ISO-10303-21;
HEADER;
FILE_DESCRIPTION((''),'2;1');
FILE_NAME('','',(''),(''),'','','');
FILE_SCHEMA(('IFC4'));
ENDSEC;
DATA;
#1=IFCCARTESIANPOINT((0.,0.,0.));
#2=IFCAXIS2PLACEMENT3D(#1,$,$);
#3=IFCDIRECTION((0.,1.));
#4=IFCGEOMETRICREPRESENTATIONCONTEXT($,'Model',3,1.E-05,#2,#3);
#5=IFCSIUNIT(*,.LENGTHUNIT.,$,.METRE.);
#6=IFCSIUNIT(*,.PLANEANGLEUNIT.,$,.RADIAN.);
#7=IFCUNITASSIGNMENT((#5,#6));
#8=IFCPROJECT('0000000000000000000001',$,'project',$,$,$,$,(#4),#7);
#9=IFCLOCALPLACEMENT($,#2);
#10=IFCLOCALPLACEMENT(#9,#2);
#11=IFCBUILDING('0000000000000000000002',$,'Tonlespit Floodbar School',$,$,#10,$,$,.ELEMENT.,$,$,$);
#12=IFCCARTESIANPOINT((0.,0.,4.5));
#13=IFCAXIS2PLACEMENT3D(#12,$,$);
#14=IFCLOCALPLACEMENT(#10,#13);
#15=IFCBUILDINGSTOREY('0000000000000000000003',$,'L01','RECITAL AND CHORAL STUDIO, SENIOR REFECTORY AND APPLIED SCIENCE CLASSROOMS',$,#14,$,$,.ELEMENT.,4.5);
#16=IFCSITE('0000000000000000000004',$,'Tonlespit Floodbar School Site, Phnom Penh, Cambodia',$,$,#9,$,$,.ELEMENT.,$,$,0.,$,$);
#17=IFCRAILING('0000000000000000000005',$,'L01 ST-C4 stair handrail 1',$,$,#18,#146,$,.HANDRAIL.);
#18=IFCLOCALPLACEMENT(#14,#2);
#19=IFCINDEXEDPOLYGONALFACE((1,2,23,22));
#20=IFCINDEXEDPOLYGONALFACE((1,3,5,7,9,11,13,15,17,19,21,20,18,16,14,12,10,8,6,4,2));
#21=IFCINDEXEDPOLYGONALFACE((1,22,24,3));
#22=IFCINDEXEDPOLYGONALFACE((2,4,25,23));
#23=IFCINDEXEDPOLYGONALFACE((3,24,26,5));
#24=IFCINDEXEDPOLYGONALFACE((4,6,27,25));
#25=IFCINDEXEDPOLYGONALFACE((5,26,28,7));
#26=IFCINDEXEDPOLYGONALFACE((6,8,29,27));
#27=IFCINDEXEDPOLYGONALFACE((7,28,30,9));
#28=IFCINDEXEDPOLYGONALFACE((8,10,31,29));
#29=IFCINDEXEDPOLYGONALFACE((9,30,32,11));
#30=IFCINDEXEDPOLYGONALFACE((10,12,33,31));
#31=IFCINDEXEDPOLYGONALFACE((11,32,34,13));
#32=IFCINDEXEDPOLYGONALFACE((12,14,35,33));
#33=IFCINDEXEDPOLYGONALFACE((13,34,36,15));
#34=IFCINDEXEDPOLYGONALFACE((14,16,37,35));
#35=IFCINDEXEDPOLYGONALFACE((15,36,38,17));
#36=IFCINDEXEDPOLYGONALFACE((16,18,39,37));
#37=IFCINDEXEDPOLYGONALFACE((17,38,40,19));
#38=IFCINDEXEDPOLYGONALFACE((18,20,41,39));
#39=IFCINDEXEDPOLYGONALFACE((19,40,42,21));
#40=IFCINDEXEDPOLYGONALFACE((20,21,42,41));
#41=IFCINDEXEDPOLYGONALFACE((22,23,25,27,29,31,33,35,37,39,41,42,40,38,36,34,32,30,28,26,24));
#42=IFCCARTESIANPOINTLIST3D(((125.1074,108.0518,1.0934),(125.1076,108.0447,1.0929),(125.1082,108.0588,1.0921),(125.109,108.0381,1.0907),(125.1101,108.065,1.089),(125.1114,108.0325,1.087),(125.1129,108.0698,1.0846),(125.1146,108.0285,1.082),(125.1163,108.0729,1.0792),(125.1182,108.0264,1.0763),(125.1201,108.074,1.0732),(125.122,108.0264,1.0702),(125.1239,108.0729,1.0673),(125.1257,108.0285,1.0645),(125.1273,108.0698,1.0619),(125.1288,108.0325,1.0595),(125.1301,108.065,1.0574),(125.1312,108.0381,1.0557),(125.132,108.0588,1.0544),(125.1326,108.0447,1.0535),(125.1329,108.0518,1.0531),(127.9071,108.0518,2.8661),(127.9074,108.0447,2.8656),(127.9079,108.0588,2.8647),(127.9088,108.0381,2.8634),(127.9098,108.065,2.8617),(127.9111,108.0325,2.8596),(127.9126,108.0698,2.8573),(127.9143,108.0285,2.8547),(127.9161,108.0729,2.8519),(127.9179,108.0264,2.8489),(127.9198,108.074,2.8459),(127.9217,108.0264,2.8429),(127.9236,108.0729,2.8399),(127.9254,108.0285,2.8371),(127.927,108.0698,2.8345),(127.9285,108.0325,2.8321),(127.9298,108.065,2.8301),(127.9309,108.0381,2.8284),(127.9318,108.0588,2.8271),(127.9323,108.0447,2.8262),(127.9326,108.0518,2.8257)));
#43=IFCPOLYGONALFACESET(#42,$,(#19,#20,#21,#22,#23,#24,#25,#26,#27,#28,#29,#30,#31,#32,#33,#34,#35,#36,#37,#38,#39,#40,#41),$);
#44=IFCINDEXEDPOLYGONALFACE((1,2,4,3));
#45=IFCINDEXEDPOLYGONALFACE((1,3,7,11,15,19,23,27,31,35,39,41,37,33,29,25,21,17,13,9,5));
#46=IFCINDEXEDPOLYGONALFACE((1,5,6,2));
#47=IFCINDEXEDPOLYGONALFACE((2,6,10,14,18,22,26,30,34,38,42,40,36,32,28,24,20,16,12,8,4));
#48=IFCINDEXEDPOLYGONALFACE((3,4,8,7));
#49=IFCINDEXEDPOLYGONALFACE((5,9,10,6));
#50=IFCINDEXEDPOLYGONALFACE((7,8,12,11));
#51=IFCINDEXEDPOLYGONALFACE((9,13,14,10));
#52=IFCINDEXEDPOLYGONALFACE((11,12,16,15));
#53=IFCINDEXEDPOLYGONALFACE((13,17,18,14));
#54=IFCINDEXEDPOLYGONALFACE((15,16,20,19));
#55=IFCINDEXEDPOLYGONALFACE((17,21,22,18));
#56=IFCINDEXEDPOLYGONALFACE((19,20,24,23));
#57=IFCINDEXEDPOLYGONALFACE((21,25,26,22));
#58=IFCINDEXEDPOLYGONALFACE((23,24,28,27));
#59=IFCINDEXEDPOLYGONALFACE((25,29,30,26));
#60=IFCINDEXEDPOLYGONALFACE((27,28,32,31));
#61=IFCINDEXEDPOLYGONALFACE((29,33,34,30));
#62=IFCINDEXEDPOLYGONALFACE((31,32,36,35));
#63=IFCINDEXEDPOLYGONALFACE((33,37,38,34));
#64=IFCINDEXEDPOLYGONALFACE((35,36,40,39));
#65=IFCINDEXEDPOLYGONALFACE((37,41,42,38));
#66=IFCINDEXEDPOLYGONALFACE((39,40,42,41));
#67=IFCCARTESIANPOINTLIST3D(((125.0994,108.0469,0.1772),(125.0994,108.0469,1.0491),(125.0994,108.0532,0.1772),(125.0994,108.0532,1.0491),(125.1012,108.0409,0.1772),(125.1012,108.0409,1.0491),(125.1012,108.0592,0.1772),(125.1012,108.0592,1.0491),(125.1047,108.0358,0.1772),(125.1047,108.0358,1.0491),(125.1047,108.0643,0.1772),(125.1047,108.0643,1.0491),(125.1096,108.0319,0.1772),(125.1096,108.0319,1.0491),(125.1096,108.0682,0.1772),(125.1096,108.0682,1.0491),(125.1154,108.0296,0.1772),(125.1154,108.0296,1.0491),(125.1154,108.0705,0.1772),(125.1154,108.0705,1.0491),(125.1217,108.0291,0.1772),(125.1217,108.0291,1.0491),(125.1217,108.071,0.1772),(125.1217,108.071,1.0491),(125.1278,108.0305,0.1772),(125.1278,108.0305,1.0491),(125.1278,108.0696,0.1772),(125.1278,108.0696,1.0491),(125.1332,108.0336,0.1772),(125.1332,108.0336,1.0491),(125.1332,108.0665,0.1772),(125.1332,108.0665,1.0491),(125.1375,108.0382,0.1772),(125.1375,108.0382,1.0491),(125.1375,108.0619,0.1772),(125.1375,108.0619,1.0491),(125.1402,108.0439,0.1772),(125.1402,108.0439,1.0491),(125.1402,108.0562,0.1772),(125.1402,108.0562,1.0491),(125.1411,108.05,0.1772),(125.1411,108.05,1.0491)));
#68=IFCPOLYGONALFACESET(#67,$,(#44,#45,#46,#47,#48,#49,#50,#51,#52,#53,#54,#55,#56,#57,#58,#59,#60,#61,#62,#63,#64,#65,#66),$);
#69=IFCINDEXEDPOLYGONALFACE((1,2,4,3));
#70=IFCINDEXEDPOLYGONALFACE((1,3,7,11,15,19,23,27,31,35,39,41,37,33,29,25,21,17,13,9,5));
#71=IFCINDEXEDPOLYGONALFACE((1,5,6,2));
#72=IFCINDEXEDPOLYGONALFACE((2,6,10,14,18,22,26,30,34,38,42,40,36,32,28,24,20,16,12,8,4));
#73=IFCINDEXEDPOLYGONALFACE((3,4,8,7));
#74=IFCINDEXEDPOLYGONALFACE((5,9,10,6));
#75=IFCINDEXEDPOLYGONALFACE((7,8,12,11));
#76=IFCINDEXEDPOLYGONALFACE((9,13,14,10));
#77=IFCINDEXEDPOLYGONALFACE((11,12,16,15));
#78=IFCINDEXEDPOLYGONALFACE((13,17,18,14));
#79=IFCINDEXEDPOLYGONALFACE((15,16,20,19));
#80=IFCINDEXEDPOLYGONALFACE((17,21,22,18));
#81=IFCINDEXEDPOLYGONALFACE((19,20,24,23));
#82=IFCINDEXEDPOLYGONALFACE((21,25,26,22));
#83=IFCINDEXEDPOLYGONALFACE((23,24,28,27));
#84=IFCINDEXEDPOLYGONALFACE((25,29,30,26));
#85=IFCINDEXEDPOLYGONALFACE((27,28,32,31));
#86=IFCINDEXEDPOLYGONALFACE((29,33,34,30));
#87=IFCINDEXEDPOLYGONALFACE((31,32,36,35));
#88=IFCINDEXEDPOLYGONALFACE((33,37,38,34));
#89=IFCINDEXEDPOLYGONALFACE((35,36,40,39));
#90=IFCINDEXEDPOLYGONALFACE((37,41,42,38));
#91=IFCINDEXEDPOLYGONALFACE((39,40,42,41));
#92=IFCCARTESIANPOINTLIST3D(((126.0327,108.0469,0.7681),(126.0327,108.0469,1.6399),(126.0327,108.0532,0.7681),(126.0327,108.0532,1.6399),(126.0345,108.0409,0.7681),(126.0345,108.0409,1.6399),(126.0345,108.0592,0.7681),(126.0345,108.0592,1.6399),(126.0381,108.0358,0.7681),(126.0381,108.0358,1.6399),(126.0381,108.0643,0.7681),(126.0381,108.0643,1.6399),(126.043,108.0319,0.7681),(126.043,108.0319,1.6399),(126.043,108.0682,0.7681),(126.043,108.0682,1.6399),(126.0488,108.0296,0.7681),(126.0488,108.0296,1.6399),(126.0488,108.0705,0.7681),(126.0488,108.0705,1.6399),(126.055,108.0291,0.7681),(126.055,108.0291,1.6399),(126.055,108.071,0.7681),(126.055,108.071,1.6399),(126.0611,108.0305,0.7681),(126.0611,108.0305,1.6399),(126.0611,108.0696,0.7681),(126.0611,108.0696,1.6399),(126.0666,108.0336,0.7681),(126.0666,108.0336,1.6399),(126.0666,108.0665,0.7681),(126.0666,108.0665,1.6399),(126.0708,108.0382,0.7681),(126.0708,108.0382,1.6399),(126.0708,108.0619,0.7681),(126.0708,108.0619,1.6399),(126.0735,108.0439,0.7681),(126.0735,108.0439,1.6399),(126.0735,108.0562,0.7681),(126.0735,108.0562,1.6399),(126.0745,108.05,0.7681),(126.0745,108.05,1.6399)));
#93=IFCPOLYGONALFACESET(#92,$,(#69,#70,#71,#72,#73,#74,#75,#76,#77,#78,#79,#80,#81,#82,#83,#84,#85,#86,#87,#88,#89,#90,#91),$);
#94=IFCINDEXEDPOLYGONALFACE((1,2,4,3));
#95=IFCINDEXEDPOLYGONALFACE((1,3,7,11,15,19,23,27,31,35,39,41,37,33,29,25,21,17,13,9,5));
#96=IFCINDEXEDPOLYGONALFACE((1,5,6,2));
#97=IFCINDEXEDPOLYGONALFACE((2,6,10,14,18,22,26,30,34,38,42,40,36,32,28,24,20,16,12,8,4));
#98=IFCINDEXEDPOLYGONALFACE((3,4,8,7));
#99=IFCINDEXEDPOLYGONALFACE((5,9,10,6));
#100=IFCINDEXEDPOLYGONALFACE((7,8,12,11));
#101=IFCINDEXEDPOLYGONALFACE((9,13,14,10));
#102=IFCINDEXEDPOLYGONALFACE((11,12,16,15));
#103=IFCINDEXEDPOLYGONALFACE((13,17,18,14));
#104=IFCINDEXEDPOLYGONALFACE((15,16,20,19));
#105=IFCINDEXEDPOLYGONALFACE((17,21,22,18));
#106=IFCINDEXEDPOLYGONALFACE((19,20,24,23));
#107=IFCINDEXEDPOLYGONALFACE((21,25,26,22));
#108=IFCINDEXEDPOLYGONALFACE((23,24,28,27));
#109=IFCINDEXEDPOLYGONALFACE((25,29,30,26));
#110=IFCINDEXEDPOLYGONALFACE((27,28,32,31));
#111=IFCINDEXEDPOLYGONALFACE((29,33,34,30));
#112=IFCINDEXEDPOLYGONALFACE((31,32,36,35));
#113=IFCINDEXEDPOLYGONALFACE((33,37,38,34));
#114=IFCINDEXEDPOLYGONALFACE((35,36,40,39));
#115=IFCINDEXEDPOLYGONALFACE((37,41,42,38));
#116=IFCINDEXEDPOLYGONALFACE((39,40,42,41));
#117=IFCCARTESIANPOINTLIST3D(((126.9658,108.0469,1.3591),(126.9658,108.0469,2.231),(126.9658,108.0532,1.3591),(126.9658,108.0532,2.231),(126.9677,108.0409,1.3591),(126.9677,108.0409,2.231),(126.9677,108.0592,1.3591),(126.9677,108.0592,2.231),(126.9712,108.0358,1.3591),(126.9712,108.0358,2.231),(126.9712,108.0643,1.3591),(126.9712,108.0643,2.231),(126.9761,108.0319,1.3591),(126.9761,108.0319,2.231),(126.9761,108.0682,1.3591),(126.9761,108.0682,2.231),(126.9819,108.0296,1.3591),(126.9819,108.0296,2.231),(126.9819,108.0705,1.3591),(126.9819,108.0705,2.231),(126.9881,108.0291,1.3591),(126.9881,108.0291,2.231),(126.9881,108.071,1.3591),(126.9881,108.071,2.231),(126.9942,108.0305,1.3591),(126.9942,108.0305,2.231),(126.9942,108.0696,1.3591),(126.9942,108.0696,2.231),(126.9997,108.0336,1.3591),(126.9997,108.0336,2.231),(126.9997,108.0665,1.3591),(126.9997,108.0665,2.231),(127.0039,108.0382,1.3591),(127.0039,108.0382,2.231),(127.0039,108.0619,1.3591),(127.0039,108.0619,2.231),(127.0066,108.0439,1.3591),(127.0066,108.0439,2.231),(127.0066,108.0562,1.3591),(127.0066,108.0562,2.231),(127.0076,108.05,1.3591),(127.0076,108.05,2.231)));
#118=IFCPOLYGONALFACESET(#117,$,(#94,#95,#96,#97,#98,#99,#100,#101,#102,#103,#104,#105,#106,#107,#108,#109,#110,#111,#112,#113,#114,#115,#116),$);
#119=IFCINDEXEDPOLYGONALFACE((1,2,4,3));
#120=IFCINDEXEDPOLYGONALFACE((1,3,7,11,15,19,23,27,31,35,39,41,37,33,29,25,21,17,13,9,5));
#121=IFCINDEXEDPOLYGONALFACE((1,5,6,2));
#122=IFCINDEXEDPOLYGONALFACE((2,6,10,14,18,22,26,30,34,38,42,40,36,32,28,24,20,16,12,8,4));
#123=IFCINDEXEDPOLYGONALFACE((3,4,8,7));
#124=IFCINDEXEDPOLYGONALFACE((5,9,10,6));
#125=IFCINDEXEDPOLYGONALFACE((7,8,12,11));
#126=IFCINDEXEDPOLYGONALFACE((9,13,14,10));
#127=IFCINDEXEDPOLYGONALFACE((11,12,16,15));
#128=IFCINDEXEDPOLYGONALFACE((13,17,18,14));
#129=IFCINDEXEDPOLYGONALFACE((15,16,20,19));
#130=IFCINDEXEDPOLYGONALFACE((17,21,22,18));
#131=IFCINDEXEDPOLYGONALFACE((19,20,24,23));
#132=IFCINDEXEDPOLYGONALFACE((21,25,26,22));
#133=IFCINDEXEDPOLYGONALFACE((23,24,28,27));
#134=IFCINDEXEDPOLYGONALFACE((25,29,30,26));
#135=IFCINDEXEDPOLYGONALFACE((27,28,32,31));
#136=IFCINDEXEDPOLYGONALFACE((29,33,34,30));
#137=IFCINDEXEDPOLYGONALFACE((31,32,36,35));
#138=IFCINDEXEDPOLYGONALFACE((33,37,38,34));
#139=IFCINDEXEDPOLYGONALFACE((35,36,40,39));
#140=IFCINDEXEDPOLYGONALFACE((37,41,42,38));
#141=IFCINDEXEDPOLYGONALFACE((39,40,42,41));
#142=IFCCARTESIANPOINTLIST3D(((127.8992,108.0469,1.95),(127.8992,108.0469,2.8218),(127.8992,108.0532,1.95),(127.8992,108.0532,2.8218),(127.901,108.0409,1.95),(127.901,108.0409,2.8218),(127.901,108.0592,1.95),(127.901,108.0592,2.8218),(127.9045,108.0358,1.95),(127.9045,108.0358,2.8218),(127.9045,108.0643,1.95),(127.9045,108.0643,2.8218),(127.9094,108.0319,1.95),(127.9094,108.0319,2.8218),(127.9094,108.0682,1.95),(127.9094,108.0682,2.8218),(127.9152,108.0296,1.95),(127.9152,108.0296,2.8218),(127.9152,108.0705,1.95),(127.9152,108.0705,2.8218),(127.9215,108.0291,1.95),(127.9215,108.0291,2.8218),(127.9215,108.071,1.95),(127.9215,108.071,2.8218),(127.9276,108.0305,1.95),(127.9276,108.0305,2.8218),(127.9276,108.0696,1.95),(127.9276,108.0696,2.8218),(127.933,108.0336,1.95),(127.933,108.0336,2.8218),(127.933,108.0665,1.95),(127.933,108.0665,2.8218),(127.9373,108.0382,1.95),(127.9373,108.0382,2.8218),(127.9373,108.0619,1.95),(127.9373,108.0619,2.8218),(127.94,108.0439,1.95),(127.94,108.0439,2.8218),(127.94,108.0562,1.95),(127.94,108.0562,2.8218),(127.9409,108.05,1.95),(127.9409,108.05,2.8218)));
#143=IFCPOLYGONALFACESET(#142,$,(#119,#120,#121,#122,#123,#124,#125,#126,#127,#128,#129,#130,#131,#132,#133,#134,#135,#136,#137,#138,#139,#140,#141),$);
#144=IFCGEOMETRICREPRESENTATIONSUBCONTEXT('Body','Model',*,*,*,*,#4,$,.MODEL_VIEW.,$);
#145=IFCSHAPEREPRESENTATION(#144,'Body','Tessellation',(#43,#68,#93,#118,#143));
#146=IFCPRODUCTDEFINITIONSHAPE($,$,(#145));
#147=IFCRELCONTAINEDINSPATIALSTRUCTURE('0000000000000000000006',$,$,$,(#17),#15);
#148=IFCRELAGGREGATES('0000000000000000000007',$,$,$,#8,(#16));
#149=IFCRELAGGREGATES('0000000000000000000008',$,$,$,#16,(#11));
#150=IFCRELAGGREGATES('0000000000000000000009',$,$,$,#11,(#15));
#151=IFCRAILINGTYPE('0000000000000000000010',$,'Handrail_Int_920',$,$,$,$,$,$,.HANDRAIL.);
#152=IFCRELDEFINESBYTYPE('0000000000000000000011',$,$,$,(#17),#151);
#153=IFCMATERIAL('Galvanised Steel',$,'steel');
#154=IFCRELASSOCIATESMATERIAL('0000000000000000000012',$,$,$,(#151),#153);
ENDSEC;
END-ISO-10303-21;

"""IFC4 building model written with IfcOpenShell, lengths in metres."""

from ifc_helpers import new_model, si_unit, direction, frame, origin, origin_2d, place, context, subcontext, project, spatial, circle, extrude, material, type_object, element, save


model = new_model("IFC4")

# Units and contexts
model_context = context("Model", 3, precision=1e-05, world=origin(), true_north=direction((0.0, 1.0)))
body_context = subcontext(model_context, "Body", "Model", "MODEL_VIEW")
ifc_project = project(units=[si_unit("LENGTHUNIT", "METRE"), si_unit("PLANEANGLEUNIT", "RADIAN")], contexts=[model_context])

# Site, building, storey
site_placement = place(None, origin())
site = spatial("IfcSite", under=ifc_project, at=site_placement, Name="Tonlespit Floodbar School Site, Phnom Penh, Cambodia", CompositionType="ELEMENT", RefElevation=0.0)
building_placement = place(site_placement, origin())
building = spatial("IfcBuilding", under=site, at=building_placement, Name="Tonlespit Floodbar School", CompositionType="ELEMENT")
storey_placement = place(building_placement, frame((0.0, 0.0, 4.5)))
storey = spatial("IfcBuildingStorey", under=building, at=storey_placement, Name="L01", Description="RECITAL AND CHORAL STUDIO, SENIOR REFECTORY AND APPLIED SCIENCE CLASSROOMS", CompositionType="ELEMENT", Elevation=4.5)

# Railing
ifc_material_1 = material(Name="Galvanised Steel", Category="steel")
railing_type_1 = type_object("IfcRailingType", Name="Handrail_Int_920", PredefinedType="HANDRAIL", material=ifc_material_1)
railing_1_placement = place(storey_placement, frame((125.1201, 108.05, 0.1772)))
element("IfcRailing", 1, at=railing_1_placement, inside=storey, type_object=railing_type_1, Name="L01 ST-C4 stair handrail 1", PredefinedType="HANDRAIL", context=body_context, shape_type="SweptSolid", body=[
    extrude(circle(Radius=0.0239, at=origin_2d()), frame((0.0, 0.0, 0.896), z_axis=(0.844888, 0.0, 0.534943), x_axis=(0.0, 1.0, 0.0)), (0.0, 0.0, 1.0), 3.3137),
    extrude(circle(Radius=0.021, at=origin_2d()), origin(), (0.0, 0.0, 1.0), 0.8718),
    extrude(circle(Radius=0.021, at=origin_2d()), frame((0.9333, 0.0, 0.5908)), (0.0, 0.0, 1.0), 0.8718),
    extrude(circle(Radius=0.021, at=origin_2d()), frame((1.8665, 0.0, 1.1819)), (0.0, 0.0, 1.0), 0.8718),
    extrude(circle(Radius=0.021, at=origin_2d()), frame((2.7998, 0.0, 1.7727)), (0.0, 0.0, 1.0), 0.8718),
])

save(model, "model.ifc")
